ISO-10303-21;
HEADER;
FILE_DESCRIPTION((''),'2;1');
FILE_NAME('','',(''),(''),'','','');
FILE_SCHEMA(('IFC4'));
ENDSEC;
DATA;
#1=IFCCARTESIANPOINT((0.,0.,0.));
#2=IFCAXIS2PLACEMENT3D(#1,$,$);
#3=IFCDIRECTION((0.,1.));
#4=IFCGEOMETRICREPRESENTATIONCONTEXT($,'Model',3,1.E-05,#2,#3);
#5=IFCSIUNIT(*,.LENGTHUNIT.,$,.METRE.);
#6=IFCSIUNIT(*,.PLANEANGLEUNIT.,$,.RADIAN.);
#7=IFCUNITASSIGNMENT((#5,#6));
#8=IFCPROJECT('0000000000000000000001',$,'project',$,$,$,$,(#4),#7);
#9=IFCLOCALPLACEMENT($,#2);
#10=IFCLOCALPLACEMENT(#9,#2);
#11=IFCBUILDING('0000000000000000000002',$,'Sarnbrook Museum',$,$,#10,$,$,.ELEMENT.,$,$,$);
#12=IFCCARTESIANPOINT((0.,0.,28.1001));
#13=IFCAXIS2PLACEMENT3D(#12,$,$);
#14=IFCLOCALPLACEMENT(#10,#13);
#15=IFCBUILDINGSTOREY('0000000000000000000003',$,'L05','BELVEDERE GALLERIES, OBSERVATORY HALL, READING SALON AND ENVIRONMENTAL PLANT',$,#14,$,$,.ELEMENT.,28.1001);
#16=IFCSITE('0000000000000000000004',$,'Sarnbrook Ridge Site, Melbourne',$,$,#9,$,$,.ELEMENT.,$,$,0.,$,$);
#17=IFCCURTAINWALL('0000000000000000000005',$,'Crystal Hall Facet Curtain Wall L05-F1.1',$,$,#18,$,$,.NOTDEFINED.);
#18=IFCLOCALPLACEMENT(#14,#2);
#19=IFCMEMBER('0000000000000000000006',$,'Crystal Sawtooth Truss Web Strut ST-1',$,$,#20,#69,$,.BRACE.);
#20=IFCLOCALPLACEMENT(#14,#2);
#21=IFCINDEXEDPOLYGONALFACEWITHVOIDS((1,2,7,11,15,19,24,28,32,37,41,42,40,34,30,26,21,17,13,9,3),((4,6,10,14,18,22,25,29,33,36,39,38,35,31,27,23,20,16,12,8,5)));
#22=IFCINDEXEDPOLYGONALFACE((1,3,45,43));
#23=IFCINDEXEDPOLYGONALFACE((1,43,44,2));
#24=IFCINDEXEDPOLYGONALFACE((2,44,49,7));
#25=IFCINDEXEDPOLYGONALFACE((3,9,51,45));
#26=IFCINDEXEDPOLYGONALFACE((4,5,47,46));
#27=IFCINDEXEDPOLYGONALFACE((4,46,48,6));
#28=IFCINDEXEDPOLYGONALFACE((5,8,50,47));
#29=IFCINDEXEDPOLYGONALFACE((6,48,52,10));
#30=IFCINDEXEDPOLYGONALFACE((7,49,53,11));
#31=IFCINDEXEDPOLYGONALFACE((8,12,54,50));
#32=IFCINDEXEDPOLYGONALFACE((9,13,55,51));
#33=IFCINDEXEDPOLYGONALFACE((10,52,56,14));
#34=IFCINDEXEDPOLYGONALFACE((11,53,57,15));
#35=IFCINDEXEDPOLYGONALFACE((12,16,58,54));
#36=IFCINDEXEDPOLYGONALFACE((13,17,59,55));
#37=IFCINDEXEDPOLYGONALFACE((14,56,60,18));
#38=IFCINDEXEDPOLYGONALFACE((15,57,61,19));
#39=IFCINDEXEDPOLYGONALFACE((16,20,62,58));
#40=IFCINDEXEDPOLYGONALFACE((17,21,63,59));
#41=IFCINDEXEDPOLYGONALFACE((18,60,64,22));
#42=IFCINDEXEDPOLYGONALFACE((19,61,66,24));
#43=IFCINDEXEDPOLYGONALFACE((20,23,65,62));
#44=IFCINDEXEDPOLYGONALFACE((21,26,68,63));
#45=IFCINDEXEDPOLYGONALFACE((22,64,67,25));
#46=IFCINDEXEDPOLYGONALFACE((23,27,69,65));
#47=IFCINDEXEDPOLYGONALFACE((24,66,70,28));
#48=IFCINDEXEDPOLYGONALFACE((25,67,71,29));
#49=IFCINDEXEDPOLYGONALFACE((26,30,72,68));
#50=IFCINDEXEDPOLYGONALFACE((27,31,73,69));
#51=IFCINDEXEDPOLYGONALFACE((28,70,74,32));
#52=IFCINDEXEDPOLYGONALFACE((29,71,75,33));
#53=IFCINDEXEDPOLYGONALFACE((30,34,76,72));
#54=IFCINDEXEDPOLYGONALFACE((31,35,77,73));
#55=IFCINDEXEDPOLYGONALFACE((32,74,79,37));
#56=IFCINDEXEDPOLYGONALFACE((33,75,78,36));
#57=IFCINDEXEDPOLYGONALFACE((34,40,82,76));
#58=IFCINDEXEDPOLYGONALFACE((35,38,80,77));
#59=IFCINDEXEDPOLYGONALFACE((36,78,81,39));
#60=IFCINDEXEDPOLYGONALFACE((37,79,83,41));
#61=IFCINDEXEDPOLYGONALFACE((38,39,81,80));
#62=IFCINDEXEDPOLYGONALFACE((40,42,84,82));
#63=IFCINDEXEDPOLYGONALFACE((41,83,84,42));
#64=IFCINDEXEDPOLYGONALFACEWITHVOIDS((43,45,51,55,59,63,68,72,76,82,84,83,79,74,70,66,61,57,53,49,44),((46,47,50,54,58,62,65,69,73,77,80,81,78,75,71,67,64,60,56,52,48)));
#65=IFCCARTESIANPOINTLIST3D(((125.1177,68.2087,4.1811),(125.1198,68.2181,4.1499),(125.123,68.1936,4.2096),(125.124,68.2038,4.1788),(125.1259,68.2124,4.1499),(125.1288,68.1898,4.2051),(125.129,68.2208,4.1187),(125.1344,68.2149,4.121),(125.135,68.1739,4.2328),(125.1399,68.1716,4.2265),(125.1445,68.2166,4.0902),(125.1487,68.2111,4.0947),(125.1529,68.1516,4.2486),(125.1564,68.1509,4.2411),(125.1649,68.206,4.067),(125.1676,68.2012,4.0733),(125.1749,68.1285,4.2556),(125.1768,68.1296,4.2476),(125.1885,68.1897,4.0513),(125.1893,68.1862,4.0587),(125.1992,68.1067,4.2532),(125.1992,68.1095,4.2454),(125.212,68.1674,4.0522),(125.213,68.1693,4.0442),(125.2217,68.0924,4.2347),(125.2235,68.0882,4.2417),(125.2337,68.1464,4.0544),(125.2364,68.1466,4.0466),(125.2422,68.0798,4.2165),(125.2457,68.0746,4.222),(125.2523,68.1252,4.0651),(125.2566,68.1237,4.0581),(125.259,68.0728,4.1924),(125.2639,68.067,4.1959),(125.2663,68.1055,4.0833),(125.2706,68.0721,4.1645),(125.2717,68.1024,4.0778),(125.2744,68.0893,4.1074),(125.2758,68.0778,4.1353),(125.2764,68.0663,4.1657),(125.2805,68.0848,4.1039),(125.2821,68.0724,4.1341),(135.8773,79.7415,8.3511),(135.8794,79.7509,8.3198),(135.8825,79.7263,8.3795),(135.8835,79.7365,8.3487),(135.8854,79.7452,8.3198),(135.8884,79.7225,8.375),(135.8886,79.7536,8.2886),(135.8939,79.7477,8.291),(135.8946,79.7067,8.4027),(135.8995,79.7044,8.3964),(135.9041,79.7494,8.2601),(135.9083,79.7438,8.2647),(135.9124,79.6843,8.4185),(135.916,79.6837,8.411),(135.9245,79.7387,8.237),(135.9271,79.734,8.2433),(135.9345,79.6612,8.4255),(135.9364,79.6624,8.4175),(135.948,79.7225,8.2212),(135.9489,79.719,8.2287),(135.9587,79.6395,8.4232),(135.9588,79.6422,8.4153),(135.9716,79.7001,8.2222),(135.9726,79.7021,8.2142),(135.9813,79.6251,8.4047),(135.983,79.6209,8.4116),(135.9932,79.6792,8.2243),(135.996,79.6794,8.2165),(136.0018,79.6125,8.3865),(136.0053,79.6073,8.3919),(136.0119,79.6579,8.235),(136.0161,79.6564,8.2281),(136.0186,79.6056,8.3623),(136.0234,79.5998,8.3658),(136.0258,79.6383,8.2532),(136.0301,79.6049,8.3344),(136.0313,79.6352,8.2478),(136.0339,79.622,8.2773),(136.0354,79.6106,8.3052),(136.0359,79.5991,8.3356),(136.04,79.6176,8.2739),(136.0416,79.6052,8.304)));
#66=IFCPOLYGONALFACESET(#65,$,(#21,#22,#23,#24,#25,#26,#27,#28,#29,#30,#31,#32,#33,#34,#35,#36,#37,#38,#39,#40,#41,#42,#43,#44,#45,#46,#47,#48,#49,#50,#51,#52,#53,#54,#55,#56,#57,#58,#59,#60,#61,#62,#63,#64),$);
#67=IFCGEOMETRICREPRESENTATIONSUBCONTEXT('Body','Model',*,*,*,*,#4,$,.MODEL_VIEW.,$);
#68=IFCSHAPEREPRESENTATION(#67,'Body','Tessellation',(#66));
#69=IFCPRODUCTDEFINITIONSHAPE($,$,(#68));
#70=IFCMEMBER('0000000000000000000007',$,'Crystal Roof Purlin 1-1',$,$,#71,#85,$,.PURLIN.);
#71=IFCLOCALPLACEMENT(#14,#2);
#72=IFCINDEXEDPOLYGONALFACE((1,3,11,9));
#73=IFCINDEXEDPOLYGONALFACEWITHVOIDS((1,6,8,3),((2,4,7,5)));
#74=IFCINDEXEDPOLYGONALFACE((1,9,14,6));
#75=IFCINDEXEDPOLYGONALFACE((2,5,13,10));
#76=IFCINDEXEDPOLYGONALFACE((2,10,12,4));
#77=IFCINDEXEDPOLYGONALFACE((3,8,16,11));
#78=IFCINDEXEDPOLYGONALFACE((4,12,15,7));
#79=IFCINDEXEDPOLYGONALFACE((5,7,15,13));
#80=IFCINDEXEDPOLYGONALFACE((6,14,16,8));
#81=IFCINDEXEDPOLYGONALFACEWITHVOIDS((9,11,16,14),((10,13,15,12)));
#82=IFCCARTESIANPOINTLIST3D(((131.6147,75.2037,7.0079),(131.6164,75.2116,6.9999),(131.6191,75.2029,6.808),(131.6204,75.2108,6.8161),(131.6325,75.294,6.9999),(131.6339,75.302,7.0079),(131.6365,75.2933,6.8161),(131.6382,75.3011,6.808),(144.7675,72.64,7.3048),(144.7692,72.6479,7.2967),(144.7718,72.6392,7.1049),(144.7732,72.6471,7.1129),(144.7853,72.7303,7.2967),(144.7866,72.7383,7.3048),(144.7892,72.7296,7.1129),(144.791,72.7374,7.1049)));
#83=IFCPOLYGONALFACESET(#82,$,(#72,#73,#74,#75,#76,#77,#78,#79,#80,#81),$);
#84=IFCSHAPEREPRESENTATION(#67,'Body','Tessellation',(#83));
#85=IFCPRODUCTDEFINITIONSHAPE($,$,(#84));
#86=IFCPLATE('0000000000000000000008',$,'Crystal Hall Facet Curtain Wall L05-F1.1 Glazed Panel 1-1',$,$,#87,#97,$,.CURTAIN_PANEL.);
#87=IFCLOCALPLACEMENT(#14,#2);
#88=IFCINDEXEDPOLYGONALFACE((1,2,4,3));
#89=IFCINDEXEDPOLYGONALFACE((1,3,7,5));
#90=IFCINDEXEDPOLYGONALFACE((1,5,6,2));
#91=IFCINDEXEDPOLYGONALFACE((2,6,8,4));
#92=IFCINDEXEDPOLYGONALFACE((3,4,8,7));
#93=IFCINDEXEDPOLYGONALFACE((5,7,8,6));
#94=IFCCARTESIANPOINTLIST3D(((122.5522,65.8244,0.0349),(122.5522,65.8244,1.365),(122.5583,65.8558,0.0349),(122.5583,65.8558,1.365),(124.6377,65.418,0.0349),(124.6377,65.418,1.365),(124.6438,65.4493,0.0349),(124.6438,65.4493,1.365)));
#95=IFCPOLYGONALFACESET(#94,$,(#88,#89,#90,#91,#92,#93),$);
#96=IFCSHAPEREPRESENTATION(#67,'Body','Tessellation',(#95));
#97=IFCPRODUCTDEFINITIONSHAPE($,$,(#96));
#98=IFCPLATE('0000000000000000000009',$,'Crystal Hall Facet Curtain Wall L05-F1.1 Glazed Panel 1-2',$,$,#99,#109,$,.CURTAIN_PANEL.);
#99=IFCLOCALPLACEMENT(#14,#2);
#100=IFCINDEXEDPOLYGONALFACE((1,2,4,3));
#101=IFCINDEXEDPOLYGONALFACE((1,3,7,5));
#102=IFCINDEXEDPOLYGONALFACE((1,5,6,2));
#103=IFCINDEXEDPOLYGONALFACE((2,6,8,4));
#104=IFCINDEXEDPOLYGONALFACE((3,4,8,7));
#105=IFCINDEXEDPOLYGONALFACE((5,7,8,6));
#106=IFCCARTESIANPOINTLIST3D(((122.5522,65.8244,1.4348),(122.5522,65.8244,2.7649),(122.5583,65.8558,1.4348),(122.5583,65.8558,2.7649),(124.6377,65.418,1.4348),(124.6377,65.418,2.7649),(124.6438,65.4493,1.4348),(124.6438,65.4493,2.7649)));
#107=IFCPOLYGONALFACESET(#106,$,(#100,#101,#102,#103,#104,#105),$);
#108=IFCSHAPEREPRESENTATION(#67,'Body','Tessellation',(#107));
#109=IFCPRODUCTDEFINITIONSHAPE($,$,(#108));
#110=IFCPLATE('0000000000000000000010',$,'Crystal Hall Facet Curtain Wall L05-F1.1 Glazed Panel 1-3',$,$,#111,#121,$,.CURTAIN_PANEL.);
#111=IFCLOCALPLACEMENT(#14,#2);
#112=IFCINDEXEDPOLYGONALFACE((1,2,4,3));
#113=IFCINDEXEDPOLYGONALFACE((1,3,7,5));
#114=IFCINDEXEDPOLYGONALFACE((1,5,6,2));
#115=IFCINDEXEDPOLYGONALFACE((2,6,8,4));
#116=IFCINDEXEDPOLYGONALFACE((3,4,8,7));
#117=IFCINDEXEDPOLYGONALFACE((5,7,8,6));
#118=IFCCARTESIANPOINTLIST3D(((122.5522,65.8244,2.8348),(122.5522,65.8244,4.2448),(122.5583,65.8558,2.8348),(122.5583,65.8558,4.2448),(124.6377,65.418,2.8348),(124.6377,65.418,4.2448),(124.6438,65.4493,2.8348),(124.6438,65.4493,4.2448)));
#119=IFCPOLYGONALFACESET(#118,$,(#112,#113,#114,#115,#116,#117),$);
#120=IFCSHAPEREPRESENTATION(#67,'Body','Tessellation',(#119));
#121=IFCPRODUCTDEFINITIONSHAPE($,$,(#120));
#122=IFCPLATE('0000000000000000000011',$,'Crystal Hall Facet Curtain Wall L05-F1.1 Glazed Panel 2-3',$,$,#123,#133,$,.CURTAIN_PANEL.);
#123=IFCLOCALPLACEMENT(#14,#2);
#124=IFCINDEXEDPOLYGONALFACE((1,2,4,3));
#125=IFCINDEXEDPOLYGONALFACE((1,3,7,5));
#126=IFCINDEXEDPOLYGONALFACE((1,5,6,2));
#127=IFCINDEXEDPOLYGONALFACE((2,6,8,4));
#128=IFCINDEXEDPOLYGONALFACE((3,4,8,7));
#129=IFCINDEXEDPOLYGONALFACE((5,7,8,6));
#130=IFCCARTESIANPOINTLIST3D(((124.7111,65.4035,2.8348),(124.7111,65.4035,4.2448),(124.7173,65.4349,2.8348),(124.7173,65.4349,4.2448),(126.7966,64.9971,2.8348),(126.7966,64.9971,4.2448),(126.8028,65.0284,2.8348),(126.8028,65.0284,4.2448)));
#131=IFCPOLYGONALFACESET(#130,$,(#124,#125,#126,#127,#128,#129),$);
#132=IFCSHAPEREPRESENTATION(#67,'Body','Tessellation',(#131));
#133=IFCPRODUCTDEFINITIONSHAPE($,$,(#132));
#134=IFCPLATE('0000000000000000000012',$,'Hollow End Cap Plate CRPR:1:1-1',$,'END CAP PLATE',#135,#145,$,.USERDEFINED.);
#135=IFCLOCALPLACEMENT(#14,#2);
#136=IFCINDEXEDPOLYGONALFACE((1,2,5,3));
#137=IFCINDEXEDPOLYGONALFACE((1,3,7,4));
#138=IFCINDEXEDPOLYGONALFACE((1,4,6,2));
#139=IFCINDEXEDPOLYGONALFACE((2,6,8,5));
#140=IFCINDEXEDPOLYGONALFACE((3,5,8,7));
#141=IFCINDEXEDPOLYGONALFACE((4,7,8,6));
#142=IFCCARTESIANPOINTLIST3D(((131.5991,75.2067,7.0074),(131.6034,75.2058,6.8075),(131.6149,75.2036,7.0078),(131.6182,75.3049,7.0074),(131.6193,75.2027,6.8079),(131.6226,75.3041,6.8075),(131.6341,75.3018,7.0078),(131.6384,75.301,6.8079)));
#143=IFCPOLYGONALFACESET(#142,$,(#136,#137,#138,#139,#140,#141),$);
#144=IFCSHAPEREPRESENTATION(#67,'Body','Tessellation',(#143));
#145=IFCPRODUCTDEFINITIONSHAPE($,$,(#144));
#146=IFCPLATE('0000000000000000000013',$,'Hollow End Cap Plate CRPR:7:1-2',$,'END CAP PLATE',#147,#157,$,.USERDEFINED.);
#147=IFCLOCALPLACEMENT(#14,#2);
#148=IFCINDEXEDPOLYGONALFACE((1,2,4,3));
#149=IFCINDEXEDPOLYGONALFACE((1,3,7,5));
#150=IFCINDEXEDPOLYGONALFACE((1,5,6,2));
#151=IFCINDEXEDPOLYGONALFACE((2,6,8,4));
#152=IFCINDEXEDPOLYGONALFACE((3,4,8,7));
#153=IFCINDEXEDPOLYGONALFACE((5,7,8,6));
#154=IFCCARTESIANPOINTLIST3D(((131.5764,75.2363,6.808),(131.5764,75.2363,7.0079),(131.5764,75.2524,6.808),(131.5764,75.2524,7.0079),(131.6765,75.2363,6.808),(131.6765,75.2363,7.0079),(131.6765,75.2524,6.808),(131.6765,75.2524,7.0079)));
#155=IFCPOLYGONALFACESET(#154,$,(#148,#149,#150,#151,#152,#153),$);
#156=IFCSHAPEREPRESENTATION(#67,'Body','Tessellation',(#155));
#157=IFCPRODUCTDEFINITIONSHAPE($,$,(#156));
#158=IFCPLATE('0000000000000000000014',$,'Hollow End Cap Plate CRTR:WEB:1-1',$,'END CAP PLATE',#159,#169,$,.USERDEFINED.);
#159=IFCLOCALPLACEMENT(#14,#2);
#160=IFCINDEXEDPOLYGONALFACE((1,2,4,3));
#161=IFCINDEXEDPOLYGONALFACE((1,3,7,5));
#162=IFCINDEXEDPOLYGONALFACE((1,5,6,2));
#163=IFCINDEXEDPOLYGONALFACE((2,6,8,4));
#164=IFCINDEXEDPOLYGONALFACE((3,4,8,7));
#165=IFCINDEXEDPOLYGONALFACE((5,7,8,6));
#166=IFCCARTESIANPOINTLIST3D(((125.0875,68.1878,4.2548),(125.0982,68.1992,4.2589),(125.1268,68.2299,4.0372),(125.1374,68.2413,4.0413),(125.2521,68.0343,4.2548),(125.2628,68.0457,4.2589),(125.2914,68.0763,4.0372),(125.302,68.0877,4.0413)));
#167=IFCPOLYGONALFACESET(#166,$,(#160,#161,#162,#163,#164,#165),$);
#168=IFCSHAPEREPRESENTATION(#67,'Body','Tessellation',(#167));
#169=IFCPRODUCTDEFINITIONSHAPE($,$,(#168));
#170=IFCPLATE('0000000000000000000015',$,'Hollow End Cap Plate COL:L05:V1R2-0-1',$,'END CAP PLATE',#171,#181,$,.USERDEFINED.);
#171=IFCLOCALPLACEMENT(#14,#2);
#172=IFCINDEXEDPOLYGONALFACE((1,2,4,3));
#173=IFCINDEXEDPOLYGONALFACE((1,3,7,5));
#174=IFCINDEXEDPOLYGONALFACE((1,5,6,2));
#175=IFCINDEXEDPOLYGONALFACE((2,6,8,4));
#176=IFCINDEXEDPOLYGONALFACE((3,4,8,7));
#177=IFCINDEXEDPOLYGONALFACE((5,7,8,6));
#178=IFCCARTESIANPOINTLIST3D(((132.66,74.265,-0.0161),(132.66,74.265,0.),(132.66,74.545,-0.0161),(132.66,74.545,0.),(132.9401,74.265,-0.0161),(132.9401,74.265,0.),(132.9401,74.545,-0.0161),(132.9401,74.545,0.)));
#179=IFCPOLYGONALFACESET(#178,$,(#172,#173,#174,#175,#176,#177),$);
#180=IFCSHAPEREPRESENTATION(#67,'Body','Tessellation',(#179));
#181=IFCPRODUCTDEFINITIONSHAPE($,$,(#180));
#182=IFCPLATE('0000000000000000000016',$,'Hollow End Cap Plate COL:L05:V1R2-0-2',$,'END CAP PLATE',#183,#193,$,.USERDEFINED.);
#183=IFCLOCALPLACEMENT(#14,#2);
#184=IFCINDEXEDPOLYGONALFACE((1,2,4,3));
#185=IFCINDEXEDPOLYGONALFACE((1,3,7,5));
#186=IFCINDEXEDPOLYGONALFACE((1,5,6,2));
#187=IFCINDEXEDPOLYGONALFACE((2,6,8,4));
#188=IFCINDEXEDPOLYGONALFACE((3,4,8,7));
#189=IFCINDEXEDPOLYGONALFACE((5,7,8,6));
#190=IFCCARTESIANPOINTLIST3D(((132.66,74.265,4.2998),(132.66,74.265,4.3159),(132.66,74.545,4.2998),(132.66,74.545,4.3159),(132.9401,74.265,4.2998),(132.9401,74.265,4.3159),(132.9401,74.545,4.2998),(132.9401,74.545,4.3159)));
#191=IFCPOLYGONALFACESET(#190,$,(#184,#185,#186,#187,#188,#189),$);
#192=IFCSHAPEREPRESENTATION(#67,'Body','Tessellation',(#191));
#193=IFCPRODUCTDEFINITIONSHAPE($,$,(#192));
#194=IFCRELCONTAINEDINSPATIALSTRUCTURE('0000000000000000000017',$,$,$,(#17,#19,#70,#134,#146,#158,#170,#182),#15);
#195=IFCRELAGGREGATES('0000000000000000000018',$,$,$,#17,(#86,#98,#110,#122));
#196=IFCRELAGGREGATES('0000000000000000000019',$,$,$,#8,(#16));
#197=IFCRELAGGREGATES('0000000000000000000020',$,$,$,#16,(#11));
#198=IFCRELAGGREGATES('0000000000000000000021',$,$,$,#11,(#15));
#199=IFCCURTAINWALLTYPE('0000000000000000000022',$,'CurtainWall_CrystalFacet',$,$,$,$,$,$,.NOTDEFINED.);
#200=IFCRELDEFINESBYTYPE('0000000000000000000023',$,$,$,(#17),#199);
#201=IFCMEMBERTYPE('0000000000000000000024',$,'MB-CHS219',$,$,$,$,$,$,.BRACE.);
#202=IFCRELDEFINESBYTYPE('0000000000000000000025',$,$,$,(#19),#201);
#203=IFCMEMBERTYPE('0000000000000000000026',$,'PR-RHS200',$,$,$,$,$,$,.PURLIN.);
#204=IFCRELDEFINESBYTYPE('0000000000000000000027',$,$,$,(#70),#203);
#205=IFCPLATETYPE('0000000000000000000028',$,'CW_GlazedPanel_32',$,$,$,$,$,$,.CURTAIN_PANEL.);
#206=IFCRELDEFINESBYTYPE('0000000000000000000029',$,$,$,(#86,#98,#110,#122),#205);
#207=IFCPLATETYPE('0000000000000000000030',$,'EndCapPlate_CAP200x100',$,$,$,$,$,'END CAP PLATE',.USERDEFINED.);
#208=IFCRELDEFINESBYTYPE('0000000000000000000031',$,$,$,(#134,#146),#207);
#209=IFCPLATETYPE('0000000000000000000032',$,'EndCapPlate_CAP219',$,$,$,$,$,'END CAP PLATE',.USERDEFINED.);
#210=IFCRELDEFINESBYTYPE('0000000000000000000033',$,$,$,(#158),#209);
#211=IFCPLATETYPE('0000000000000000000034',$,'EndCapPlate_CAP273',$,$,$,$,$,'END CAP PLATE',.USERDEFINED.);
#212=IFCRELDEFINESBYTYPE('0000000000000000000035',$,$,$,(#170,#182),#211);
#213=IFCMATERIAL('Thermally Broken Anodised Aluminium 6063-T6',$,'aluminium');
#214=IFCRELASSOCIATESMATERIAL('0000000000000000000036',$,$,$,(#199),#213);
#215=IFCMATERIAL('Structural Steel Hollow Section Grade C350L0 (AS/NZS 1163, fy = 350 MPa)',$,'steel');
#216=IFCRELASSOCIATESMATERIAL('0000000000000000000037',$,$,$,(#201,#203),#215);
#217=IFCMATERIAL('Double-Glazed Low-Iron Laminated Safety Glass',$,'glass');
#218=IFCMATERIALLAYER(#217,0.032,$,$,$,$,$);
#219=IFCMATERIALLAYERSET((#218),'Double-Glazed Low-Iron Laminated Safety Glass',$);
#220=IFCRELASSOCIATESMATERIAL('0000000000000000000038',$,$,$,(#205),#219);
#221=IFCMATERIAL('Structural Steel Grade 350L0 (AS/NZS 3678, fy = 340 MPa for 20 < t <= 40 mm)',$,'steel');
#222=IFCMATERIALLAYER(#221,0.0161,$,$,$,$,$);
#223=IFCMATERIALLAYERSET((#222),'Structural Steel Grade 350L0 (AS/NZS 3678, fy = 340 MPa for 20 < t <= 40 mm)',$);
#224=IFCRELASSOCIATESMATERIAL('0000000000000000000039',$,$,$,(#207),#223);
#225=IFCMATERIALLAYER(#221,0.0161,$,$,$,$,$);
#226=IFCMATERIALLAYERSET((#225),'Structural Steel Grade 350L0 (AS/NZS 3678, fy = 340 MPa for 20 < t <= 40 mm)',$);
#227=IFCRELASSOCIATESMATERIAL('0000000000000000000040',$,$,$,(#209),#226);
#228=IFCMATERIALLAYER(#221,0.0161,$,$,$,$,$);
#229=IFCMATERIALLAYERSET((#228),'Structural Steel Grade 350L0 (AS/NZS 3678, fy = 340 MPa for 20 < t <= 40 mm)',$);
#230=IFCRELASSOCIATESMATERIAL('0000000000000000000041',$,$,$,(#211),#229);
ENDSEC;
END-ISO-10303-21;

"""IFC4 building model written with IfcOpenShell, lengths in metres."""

from ifc_helpers import new_model, si_unit, direction, frame, origin, origin_2d, place, context, subcontext, project, spatial, rectangle, hollow_rectangle, hollow_circle, extrude, material, layer, layer_set, material_profile, profile_set, type_object, element, aggregate, save


model = new_model("IFC4")

# Units and contexts
model_context = context("Model", 3, precision=1e-05, world=origin(), true_north=direction((0.0, 1.0)))
body_context = subcontext(model_context, "Body", "Model", "MODEL_VIEW")
ifc_project = project(units=[si_unit("LENGTHUNIT", "METRE"), si_unit("PLANEANGLEUNIT", "RADIAN")], contexts=[model_context])

# Site, building, storey
site_placement = place(None, origin())
site = spatial("IfcSite", under=ifc_project, at=site_placement, Name="Sarnbrook Ridge Site, Melbourne", CompositionType="ELEMENT", RefElevation=0.0)
building_placement = place(site_placement, origin())
building = spatial("IfcBuilding", under=site, at=building_placement, Name="Sarnbrook Museum", CompositionType="ELEMENT")
storey_placement = place(building_placement, frame((0.0, 0.0, 28.1001)))
storey = spatial("IfcBuildingStorey", under=building, at=storey_placement, Name="L05", Description="BELVEDERE GALLERIES, OBSERVATORY HALL, READING SALON AND ENVIRONMENTAL PLANT", CompositionType="ELEMENT", Elevation=28.1001)

# Shared definitions
ifc_material_1 = material(Name="Structural Steel Hollow Section Grade C350L0 (AS/NZS 1163, fy = 350 MPa)", Category="steel")

# Shared definitions
ifc_material_2 = material(Name="Structural Steel Grade 350L0 (AS/NZS 3678, fy = 340 MPa for 20 < t <= 40 mm)", Category="steel")

# Curtain wall
ifc_material_3 = material(Name="Thermally Broken Anodised Aluminium 6063-T6", Category="aluminium")
curtain_wall_type = type_object("IfcCurtainWallType", Name="CurtainWall_CrystalFacet", PredefinedType="NOTDEFINED", material=ifc_material_3)
curtain_wall_placement = place(storey_placement, origin())
curtain_wall = element("IfcCurtainWall", 1, at=curtain_wall_placement, inside=storey, type_object=curtain_wall_type, Name="Crystal Hall Facet Curtain Wall L05-F1.1", PredefinedType="NOTDEFINED")

# Members
ifc_material_profile_1 = material_profile(ifc_material_1, hollow_circle(Radius=0.1096, WallThickness=0.0083, at=origin_2d()), Name="219.1x8.2CHS")
ifc_profile_set_1 = profile_set([ifc_material_profile_1], Name="Structural Steel Hollow Section Grade C350L0 (AS/NZS 1163, fy = 350 MPa)")
member_type_1 = type_object("IfcMemberType", Name="MB-CHS219", PredefinedType="BRACE", material=ifc_profile_set_1)
member_1_placement = place(storey_placement, frame((125.2, 68.1433, 4.1499), z_axis=(0.659511, 0.706905, 0.255598), x_axis=(-0.731193, 0.682171, 0.0)))
element("IfcMember", 2, at=member_1_placement, inside=storey, type_object=member_type_1, Name="Crystal Sawtooth Truss Web Strut ST-1", PredefinedType="BRACE", context=body_context, shape_type="SweptSolid", body=[
    extrude(hollow_circle(Radius=0.1096, WallThickness=0.0083, at=origin_2d()), origin(), (0.0, 0.0, 1.0), 16.3145),
])
ifc_material_profile_2 = material_profile(ifc_material_1, hollow_rectangle(XDim=0.1001, YDim=0.2, WallThickness=0.0081, at=origin_2d()), Name="200x100x8.0RHS")
ifc_profile_set_2 = profile_set([ifc_material_profile_2], Name="Structural Steel Hollow Section Grade C350L0 (AS/NZS 1163, fy = 350 MPa)")
member_type_2 = type_object("IfcMemberType", Name="PR-RHS200", PredefinedType="PURLIN", material=ifc_profile_set_2)
member_2_placement = place(storey_placement, frame((131.6265, 75.2524, 6.908), z_axis=(0.981287, -0.19127, 0.022149), x_axis=(0.191317, 0.981528, 0.0)))
element("IfcMember", 3, at=member_2_placement, inside=storey, type_object=member_type_2, Name="Crystal Roof Purlin 1-1", PredefinedType="PURLIN", context=body_context, shape_type="SweptSolid", body=[
    extrude(hollow_rectangle(XDim=0.1001, YDim=0.2, WallThickness=0.0081, at=origin_2d()), origin(), (0.0, 0.0, 1.0), 13.4036),
])

# Plates
ifc_material_4 = material(Name="Double-Glazed Low-Iron Laminated Safety Glass", Category="glass")
ifc_layer_1 = layer(ifc_material_4, 0.032)
ifc_layer_set_1 = layer_set([ifc_layer_1], Name="Double-Glazed Low-Iron Laminated Safety Glass")
plate_type_1 = type_object("IfcPlateType", Name="CW_GlazedPanel_32", PredefinedType="CURTAIN_PANEL", material=ifc_layer_set_1)
plate_1_placement = place(storey_placement, frame((123.6011, 65.6526, 0.7), z_axis=(-0.191312, -0.981529, 0.0), x_axis=(0.981529, -0.191312, 0.0)))
plate_1 = element("IfcPlate", 4, at=plate_1_placement, type_object=plate_type_1, Name="Crystal Hall Facet Curtain Wall L05-F1.1 Glazed Panel 1-1", PredefinedType="CURTAIN_PANEL", context=body_context, shape_type="SweptSolid", body=[
    extrude(rectangle(XDim=2.1248, YDim=1.3301, at=origin_2d()), origin(), (0.0, 0.0, 1.0), 0.032),
])
plate_2_placement = place(storey_placement, frame((123.6011, 65.6526, 2.0999), z_axis=(-0.191312, -0.981529, 0.0), x_axis=(0.981529, -0.191312, 0.0)))
plate_2 = element("IfcPlate", 5, at=plate_2_placement, type_object=plate_type_1, Name="Crystal Hall Facet Curtain Wall L05-F1.1 Glazed Panel 1-2", PredefinedType="CURTAIN_PANEL", context=body_context, shape_type="SweptSolid", body=[
    extrude(rectangle(XDim=2.1248, YDim=1.3301, at=origin_2d()), origin(), (0.0, 0.0, 1.0), 0.032),
])
plate_3_placement = place(storey_placement, frame((123.6011, 65.6526, 3.5398), z_axis=(-0.191312, -0.981529, 0.0), x_axis=(0.981529, -0.191312, 0.0)))
plate_3 = element("IfcPlate", 6, at=plate_3_placement, type_object=plate_type_1, Name="Crystal Hall Facet Curtain Wall L05-F1.1 Glazed Panel 1-3", PredefinedType="CURTAIN_PANEL", context=body_context, shape_type="SweptSolid", body=[
    extrude(rectangle(XDim=2.1248, YDim=1.4099, at=origin_2d()), origin(), (0.0, 0.0, 1.0), 0.032),
])
plate_4_placement = place(storey_placement, frame((125.76, 65.2317, 3.5398), z_axis=(-0.191312, -0.981529, 0.0), x_axis=(0.981529, -0.191312, 0.0)))
plate_4 = element("IfcPlate", 7, at=plate_4_placement, type_object=plate_type_1, Name="Crystal Hall Facet Curtain Wall L05-F1.1 Glazed Panel 2-3", PredefinedType="CURTAIN_PANEL", context=body_context, shape_type="SweptSolid", body=[
    extrude(rectangle(XDim=2.1248, YDim=1.4099, at=origin_2d()), origin(), (0.0, 0.0, 1.0), 0.032),
])
aggregate(curtain_wall, [plate_1, plate_2, plate_3, plate_4])

# Plates
ifc_layer_2 = layer(ifc_material_2, 0.0161)
ifc_layer_set_2 = layer_set([ifc_layer_2], Name="Structural Steel Grade 350L0 (AS/NZS 3678, fy = 340 MPa for 20 < t <= 40 mm)")
plate_type_2 = type_object("IfcPlateType", Name="EndCapPlate_CAP200x100", ElementType="END CAP PLATE", PredefinedType="USERDEFINED", material=ifc_layer_set_2)
for number, where, z_axis, x_axis, name in (
    (8, (131.6108, 75.2554, 6.9075), (0.981287, -0.191271, 0.022158), (0.191318, 0.981528, 0.0), "Hollow End Cap Plate CRPR:1:1-1"),
    (9, (131.6265, 75.2524, 6.908), (0.0, -1.0, 0.0), (1.0, 0.0, 0.0), "Hollow End Cap Plate CRPR:7:1-2"),
):
    element("IfcPlate", number, at=place(storey_placement, frame(where, z_axis=z_axis, x_axis=x_axis)), inside=storey, type_object=plate_type_2, Name=name, ObjectType="END CAP PLATE", PredefinedType="USERDEFINED", context=body_context, shape_type="SweptSolid", body=[
        extrude(rectangle(XDim=0.1001, YDim=0.2, at=origin_2d()), origin(), (0.0, 0.0, 1.0), 0.0161),
    ])
ifc_layer_3 = layer(ifc_material_2, 0.0161)
ifc_layer_set_3 = layer_set([ifc_layer_3], Name="Structural Steel Grade 350L0 (AS/NZS 3678, fy = 340 MPa for 20 < t <= 40 mm)")
plate_type_3 = type_object("IfcPlateType", Name="EndCapPlate_CAP219", ElementType="END CAP PLATE", PredefinedType="USERDEFINED", material=ifc_layer_set_3)
plate_5_placement = place(storey_placement, frame((125.1895, 68.1321, 4.146), z_axis=(0.65951, 0.706904, 0.255603), x_axis=(-0.731193, 0.682171, 0.0)))
element("IfcPlate", 10, at=plate_5_placement, inside=storey, type_object=plate_type_3, Name="Hollow End Cap Plate CRTR:WEB:1-1", ObjectType="END CAP PLATE", PredefinedType="USERDEFINED", context=body_context, shape_type="SweptSolid", body=[
    extrude(rectangle(XDim=0.2251, YDim=0.2251, at=origin_2d()), origin(), (0.0, 0.0, 1.0), 0.0161),
])
ifc_layer_4 = layer(ifc_material_2, 0.0161)
ifc_layer_set_4 = layer_set([ifc_layer_4], Name="Structural Steel Grade 350L0 (AS/NZS 3678, fy = 340 MPa for 20 < t <= 40 mm)")
plate_type_4 = type_object("IfcPlateType", Name="EndCapPlate_CAP273", ElementType="END CAP PLATE", PredefinedType="USERDEFINED", material=ifc_layer_set_4)
for number, where, z_axis, x_axis, name in (
    (11, (132.8, 74.405, -0.0161), (0.0, 0.0, 1.0), (1.0, 0.0, 0.0), "Hollow End Cap Plate COL:L05:V1R2-0-1"),
    (12, (132.8, 74.405, 4.2998), (0.0, 0.0, 1.0), (1.0, 0.0, 0.0), "Hollow End Cap Plate COL:L05:V1R2-0-2"),
):
    element("IfcPlate", number, at=place(storey_placement, frame(where, z_axis=z_axis, x_axis=x_axis)), inside=storey, type_object=plate_type_4, Name=name, ObjectType="END CAP PLATE", PredefinedType="USERDEFINED", context=body_context, shape_type="SweptSolid", body=[
        extrude(rectangle(XDim=0.28, YDim=0.28, at=origin_2d()), origin(), (0.0, 0.0, 1.0), 0.0161),
    ])

save(model, "model.ifc")
